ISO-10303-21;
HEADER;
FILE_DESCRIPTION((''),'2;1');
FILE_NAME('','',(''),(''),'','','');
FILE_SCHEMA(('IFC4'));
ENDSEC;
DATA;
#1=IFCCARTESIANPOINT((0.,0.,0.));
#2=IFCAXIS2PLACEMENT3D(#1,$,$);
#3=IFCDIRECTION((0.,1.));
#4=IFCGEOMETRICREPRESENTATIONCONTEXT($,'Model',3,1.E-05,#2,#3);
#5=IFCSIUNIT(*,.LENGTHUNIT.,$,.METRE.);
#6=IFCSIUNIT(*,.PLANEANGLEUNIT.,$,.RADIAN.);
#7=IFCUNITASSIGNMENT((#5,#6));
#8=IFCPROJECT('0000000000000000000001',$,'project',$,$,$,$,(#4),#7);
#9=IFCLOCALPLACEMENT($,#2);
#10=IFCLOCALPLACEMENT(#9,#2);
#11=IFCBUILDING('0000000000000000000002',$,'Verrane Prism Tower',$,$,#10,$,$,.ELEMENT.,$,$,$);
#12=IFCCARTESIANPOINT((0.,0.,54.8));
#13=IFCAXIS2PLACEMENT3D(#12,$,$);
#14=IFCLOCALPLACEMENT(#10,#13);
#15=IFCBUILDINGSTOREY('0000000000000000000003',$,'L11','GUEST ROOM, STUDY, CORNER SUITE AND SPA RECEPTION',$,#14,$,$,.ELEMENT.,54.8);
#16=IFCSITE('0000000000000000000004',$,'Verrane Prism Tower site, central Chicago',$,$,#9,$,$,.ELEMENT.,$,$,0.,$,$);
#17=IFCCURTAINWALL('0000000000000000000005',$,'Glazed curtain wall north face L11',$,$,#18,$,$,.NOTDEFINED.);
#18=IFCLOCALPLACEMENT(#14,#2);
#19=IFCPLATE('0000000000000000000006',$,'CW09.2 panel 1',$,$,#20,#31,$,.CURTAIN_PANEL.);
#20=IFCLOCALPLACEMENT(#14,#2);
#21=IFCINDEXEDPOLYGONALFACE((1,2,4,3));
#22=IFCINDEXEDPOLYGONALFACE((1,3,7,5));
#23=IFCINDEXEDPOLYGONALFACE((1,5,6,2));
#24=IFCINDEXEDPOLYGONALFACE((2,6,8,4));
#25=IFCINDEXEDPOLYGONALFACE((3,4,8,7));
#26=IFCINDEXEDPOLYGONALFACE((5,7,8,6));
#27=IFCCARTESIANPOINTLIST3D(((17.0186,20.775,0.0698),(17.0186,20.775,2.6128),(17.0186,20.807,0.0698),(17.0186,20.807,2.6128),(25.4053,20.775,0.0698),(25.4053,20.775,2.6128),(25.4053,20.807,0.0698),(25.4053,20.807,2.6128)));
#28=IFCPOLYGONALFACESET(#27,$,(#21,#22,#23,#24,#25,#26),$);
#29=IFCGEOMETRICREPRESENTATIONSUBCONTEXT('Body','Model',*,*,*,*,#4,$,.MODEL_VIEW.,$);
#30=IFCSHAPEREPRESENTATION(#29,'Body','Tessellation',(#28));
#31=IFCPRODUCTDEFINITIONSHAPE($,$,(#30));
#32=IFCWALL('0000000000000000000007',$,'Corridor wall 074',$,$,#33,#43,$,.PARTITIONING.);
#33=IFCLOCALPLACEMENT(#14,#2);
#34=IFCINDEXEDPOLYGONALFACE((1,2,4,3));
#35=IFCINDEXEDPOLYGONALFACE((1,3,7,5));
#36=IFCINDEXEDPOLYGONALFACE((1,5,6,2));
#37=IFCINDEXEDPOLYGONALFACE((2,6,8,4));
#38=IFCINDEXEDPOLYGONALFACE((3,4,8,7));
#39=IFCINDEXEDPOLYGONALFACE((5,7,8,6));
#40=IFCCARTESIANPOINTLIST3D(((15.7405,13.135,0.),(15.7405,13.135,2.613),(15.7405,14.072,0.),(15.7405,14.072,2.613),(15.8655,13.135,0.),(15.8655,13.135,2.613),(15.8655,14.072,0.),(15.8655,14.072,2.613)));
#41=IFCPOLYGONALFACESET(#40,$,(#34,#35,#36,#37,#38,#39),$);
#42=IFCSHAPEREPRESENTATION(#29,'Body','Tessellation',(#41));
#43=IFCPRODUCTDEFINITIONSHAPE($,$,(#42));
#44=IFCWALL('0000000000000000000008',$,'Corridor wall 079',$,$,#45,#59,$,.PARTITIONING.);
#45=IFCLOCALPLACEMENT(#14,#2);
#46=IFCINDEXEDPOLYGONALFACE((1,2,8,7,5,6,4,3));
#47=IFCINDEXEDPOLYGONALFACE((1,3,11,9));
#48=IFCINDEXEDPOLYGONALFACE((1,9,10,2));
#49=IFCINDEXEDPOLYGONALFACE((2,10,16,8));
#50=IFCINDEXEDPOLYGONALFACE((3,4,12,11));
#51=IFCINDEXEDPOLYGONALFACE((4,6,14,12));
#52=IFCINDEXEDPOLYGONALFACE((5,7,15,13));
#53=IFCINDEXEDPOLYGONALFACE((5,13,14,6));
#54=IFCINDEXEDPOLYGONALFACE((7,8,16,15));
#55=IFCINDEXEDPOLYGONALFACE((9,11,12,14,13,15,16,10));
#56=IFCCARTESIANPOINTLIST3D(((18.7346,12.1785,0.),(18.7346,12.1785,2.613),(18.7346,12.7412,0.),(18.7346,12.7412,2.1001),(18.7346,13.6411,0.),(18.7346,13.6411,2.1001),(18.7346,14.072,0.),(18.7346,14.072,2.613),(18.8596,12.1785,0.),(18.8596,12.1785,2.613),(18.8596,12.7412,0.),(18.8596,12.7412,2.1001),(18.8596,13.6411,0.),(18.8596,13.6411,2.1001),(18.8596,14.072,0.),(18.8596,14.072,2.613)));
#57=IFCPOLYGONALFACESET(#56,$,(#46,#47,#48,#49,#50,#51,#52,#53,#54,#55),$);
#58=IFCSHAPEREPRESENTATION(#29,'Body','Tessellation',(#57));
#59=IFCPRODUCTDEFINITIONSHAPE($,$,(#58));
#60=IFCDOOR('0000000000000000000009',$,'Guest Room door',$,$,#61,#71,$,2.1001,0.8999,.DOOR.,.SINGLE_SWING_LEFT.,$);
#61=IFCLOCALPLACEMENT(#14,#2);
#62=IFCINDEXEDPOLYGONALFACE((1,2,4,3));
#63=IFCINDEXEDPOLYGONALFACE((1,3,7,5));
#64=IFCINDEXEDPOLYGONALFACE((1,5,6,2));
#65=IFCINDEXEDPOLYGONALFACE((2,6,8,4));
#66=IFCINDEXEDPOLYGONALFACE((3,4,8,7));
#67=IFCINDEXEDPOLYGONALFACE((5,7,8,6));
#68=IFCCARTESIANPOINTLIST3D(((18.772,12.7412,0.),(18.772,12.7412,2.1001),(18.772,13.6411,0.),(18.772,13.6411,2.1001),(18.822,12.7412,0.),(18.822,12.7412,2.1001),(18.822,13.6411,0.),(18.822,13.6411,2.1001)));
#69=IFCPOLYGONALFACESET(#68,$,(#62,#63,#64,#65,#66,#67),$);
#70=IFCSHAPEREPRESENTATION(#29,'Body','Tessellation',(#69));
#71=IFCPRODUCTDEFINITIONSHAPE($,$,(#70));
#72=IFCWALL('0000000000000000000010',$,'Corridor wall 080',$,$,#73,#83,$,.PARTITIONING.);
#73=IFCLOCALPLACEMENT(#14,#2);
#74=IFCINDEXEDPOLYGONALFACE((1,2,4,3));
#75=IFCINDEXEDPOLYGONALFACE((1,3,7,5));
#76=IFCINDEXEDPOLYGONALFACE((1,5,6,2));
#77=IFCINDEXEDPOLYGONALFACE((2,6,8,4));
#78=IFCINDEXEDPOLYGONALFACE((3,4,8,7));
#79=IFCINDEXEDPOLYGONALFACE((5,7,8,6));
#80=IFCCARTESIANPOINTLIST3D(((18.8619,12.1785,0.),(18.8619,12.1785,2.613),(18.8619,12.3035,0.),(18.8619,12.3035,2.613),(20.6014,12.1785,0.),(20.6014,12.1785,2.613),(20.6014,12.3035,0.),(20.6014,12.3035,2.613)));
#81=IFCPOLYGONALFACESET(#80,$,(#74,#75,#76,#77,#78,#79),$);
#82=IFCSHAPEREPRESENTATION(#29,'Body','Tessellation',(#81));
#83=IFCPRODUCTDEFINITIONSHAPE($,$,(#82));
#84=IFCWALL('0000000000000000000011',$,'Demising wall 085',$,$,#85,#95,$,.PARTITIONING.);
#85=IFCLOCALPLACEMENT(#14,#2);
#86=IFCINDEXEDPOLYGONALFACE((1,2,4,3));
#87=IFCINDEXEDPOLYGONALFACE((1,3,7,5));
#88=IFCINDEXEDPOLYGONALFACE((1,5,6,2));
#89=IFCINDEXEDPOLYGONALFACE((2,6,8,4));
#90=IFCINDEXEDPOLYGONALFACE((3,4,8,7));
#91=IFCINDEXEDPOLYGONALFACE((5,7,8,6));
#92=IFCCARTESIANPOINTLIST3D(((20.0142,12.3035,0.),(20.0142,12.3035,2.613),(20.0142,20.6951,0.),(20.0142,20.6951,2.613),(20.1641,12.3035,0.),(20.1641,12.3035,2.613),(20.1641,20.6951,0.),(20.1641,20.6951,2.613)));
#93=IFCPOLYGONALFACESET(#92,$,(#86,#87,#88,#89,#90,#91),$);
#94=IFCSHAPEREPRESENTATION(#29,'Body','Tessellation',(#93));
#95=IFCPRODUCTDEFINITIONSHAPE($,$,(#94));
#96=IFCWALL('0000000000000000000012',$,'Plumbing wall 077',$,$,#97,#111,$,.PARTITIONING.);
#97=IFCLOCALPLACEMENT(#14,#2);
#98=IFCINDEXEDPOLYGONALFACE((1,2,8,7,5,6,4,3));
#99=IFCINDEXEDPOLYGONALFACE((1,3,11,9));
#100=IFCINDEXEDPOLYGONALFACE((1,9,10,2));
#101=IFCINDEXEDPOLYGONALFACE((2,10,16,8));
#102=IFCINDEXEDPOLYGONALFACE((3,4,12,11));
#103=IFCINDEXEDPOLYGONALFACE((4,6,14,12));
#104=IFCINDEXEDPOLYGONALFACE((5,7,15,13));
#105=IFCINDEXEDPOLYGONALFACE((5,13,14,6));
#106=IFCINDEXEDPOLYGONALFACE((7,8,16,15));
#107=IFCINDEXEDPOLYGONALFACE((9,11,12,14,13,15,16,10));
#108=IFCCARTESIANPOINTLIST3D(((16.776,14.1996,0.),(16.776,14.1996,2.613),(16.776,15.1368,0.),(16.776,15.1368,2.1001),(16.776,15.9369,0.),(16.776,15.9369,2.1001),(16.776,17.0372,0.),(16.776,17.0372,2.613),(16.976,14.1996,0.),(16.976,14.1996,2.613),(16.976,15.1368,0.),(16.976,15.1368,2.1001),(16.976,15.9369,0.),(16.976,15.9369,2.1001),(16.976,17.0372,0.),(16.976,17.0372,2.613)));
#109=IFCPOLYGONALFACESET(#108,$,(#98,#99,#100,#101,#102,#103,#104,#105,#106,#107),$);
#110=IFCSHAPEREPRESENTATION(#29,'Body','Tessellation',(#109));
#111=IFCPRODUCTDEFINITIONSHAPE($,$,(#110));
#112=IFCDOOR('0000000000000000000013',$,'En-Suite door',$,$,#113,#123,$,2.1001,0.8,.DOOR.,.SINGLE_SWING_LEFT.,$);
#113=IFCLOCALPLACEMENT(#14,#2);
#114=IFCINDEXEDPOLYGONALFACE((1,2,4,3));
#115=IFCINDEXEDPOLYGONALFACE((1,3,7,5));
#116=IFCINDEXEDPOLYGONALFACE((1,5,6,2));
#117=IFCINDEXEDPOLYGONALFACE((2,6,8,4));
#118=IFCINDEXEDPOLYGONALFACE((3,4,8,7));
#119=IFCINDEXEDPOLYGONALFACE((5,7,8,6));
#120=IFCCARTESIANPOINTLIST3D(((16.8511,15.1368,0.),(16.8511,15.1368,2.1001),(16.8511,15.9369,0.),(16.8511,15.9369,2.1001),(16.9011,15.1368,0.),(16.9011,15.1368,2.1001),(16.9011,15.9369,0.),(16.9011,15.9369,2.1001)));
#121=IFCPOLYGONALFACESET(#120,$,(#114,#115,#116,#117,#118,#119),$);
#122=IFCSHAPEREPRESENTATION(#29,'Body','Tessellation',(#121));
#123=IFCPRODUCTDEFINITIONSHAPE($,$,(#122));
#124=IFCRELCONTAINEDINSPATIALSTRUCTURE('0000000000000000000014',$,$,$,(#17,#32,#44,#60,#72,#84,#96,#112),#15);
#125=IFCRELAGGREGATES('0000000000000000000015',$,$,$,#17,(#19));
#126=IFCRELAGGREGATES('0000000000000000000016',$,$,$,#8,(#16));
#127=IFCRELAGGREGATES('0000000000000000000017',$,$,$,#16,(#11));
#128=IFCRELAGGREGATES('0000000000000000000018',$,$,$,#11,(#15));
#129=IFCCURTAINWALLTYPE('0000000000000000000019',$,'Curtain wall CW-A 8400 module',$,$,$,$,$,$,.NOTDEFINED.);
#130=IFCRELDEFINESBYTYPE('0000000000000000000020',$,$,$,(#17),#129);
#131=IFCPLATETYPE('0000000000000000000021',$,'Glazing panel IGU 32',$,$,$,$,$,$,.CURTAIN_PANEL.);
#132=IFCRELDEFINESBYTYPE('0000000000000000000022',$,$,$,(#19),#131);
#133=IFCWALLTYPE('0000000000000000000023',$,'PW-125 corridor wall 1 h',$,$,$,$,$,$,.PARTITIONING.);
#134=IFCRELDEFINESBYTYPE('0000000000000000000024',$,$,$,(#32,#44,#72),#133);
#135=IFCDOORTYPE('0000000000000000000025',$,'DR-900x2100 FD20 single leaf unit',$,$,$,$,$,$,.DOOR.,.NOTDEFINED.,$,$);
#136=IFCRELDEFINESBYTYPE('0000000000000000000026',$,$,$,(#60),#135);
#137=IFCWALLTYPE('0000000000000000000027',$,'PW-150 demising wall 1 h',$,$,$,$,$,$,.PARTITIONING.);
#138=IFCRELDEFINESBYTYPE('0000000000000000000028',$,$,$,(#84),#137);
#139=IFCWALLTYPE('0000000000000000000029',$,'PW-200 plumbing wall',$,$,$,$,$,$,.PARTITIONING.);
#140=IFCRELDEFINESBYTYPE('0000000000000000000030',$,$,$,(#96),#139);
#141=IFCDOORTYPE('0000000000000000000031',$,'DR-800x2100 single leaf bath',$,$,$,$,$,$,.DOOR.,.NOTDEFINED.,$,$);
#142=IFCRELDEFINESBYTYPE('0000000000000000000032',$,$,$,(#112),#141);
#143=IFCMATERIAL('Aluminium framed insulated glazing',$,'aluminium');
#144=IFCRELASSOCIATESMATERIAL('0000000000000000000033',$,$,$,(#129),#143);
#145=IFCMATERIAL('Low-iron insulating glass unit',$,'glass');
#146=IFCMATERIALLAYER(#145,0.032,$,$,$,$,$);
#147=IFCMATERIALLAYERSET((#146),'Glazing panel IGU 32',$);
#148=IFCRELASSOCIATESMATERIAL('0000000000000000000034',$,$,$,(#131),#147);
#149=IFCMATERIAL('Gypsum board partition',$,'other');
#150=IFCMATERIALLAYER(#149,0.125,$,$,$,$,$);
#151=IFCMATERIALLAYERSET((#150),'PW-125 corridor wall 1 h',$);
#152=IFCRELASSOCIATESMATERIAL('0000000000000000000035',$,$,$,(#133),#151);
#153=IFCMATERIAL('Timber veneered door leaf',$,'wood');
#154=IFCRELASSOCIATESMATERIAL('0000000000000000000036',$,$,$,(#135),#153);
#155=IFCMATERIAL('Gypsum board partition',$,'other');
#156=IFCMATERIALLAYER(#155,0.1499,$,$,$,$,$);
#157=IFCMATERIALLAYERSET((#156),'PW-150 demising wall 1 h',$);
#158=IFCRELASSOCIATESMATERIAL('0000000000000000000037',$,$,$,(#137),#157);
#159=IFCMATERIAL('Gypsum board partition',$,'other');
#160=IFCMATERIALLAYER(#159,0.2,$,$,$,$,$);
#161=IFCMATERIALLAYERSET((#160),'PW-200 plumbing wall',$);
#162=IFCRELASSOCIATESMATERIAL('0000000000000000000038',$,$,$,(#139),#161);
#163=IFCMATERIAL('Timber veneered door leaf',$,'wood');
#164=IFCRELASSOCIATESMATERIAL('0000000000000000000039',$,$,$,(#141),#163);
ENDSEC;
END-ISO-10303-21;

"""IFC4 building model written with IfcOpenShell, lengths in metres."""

from ifc_helpers import new_model, si_unit, direction, frame, frame_2d, origin, origin_2d, place, context, subcontext, project, spatial, rectangle, extrude, material, layer, layer_set, type_object, element, fill, aggregate, save


model = new_model("IFC4")

# Units and contexts
model_context = context("Model", 3, precision=1e-05, world=origin(), true_north=direction((0.0, 1.0)))
body_context = subcontext(model_context, "Body", "Model", "MODEL_VIEW")
ifc_project = project(units=[si_unit("LENGTHUNIT", "METRE"), si_unit("PLANEANGLEUNIT", "RADIAN")], contexts=[model_context])

# Site, building, storey
site_placement = place(None, origin())
site = spatial("IfcSite", under=ifc_project, at=site_placement, Name="Verrane Prism Tower site, central Chicago", CompositionType="ELEMENT", RefElevation=0.0)
building_placement = place(site_placement, origin())
building = spatial("IfcBuilding", under=site, at=building_placement, Name="Verrane Prism Tower", CompositionType="ELEMENT")
storey_placement = place(building_placement, frame((0.0, 0.0, 54.8)))
storey = spatial("IfcBuildingStorey", under=building, at=storey_placement, Name="L11", Description="GUEST ROOM, STUDY, CORNER SUITE AND SPA RECEPTION", CompositionType="ELEMENT", Elevation=54.8)

# Curtain wall
ifc_material_1 = material(Name="Aluminium framed insulated glazing", Category="aluminium")
curtain_wall_type_1 = type_object("IfcCurtainWallType", Name="Curtain wall CW-A 8400 module", PredefinedType="NOTDEFINED", material=ifc_material_1)
curtain_wall_1_placement = place(storey_placement, origin())
curtain_wall_1 = element("IfcCurtainWall", 1, at=curtain_wall_1_placement, inside=storey, type_object=curtain_wall_type_1, Name="Glazed curtain wall north face L11", PredefinedType="NOTDEFINED")

# Plate
ifc_material_2 = material(Name="Low-iron insulating glass unit", Category="glass")
ifc_layer_1 = layer(ifc_material_2, 0.032)
ifc_layer_set_1 = layer_set([ifc_layer_1], Name="Glazing panel IGU 32")
plate_type_1 = type_object("IfcPlateType", Name="Glazing panel IGU 32", PredefinedType="CURTAIN_PANEL", material=ifc_layer_set_1)
plate_1_placement = place(storey_placement, frame((21.2119, 20.791, 0.0698), z_axis=(0.0, 0.0, 1.0), x_axis=(-1.0, 0.0, 0.0)))
plate_1 = element("IfcPlate", 2, at=plate_1_placement, type_object=plate_type_1, Name="CW09.2 panel 1", PredefinedType="CURTAIN_PANEL", context=body_context, shape_type="SweptSolid", body=[
    extrude(rectangle(XDim=8.3867, YDim=0.032, at=origin_2d()), origin(), (0.0, 0.0, 1.0), 2.543),
])
aggregate(curtain_wall_1, [plate_1])

# Wall
ifc_material_3 = material(Name="Gypsum board partition", Category="other")
ifc_layer_2 = layer(ifc_material_3, 0.125)
ifc_layer_set_2 = layer_set([ifc_layer_2], Name="PW-125 corridor wall 1 h")
wall_type_1 = type_object("IfcWallType", Name="PW-125 corridor wall 1 h", PredefinedType="PARTITIONING", material=ifc_layer_set_2)
wall_1_placement = place(storey_placement, frame((15.803, 13.135, 0.0), z_axis=(0.0, 0.0, 1.0), x_axis=(0.0, 1.0, 0.0)))
element("IfcWall", 3, at=wall_1_placement, inside=storey, type_object=wall_type_1, Name="Corridor wall 074", PredefinedType="PARTITIONING", context=body_context, shape_type="SweptSolid", body=[
    extrude(rectangle(XDim=0.937, YDim=0.125, at=frame_2d((0.4685, 0.0))), origin(), (0.0, 0.0, 1.0), 2.613),
])

# Wall, opening, door
wall_2_placement = place(storey_placement, frame((18.7971, 14.072, 0.0), z_axis=(0.0, 0.0, 1.0), x_axis=(0.0, -1.0, 0.0)))
wall_2 = element("IfcWall", 4, at=wall_2_placement, inside=storey, type_object=wall_type_1, Name="Corridor wall 079", PredefinedType="PARTITIONING", context=body_context, shape_type="SweptSolid", body=[
    extrude(rectangle(XDim=1.8936, YDim=0.125, at=frame_2d((0.9468, 0.0))), origin(), (0.0, 0.0, 1.0), 2.613),
])
opening_1_placement = place(wall_2_placement, frame((0.4309, 0.0, 0.0)))
opening_1 = element("IfcOpeningElement", 5, at=opening_1_placement, cuts=wall_2, PredefinedType="OPENING", context=body_context, shape_type="SweptSolid", body=[
    extrude(rectangle(XDim=0.8999, YDim=2.1001, at=frame_2d((0.45, 1.05))), frame((0.0, 0.0725, 0.0), z_axis=(0.0, -1.0, 0.0), x_axis=(1.0, 0.0, 0.0)), (0.0, 0.0, 1.0), 0.145),
])
ifc_material_4 = material(Name="Timber veneered door leaf", Category="wood")
door_type_1 = type_object("IfcDoorType", Name="DR-900x2100 FD20 single leaf unit", OperationType="NOTDEFINED", PredefinedType="DOOR", material=ifc_material_4)
door_1_placement = place(opening_1_placement, origin())
door_1 = element("IfcDoor", 6, at=door_1_placement, inside=storey, type_object=door_type_1, Name="Guest Room door", OperationType="SINGLE_SWING_LEFT", OverallHeight=2.1001, OverallWidth=0.8999, PredefinedType="DOOR", context=body_context, shape_type="SweptSolid", body=[
    extrude(rectangle(XDim=0.8999, YDim=2.1001, at=frame_2d((0.45, 1.05))), frame((0.0, 0.0249, 0.0), z_axis=(0.0, -1.0, 0.0), x_axis=(1.0, 0.0, 0.0)), (0.0, 0.0, 1.0), 0.05),
])
fill(opening_1, door_1)

# Walls
wall_3_placement = place(storey_placement, frame((18.8621, 12.241, 0.0), z_axis=(0.0, 0.0, 1.0), x_axis=(1.0, 0.0, 0.0)))
element("IfcWall", 7, at=wall_3_placement, inside=storey, type_object=wall_type_1, Name="Corridor wall 080", PredefinedType="PARTITIONING", context=body_context, shape_type="SweptSolid", body=[
    extrude(rectangle(XDim=1.7395, YDim=0.125, at=frame_2d((0.8696, 0.0))), origin(), (0.0, 0.0, 1.0), 2.613),
])
ifc_material_5 = material(Name="Gypsum board partition", Category="other")
ifc_layer_3 = layer(ifc_material_5, 0.1499)
ifc_layer_set_3 = layer_set([ifc_layer_3], Name="PW-150 demising wall 1 h")
wall_type_2 = type_object("IfcWallType", Name="PW-150 demising wall 1 h", PredefinedType="PARTITIONING", material=ifc_layer_set_3)
wall_4_placement = place(storey_placement, frame((20.0891, 12.3035, 0.0), z_axis=(0.0, 0.0, 1.0), x_axis=(0.0, 1.0, 0.0)))
element("IfcWall", 8, at=wall_4_placement, inside=storey, type_object=wall_type_2, Name="Demising wall 085", PredefinedType="PARTITIONING", context=body_context, shape_type="SweptSolid", body=[
    extrude(rectangle(XDim=8.3916, YDim=0.1499, at=frame_2d((4.1958, 0.0))), origin(), (0.0, 0.0, 1.0), 2.613),
])

# Wall, opening, door
ifc_material_6 = material(Name="Gypsum board partition", Category="other")
ifc_layer_4 = layer(ifc_material_6, 0.2)
ifc_layer_set_4 = layer_set([ifc_layer_4], Name="PW-200 plumbing wall")
wall_type_3 = type_object("IfcWallType", Name="PW-200 plumbing wall", PredefinedType="PARTITIONING", material=ifc_layer_set_4)
wall_5_placement = place(storey_placement, frame((16.876, 14.1995, 0.0), z_axis=(0.0, 0.0, 1.0), x_axis=(0.0, 1.0, 0.0)))
wall_5 = element("IfcWall", 9, at=wall_5_placement, inside=storey, type_object=wall_type_3, Name="Plumbing wall 077", PredefinedType="PARTITIONING", context=body_context, shape_type="SweptSolid", body=[
    extrude(rectangle(XDim=2.8376, YDim=0.2, at=frame_2d((1.4189, 0.0))), origin(), (0.0, 0.0, 1.0), 2.613),
])
opening_2_placement = place(wall_5_placement, frame((0.9375, 0.0, 0.0)))
opening_2 = element("IfcOpeningElement", 10, at=opening_2_placement, cuts=wall_5, PredefinedType="OPENING", context=body_context, shape_type="SweptSolid", body=[
    extrude(rectangle(XDim=0.8, YDim=2.1001, at=frame_2d((0.3999, 1.05))), frame((0.0, 0.1099, 0.0), z_axis=(0.0, -1.0, 0.0), x_axis=(1.0, 0.0, 0.0)), (0.0, 0.0, 1.0), 0.22),
])
ifc_material_7 = material(Name="Timber veneered door leaf", Category="wood")
door_type_2 = type_object("IfcDoorType", Name="DR-800x2100 single leaf bath", OperationType="NOTDEFINED", PredefinedType="DOOR", material=ifc_material_7)
door_2_placement = place(opening_2_placement, origin())
door_2 = element("IfcDoor", 11, at=door_2_placement, inside=storey, type_object=door_type_2, Name="En-Suite door", OperationType="SINGLE_SWING_LEFT", OverallHeight=2.1001, OverallWidth=0.8, PredefinedType="DOOR", context=body_context, shape_type="SweptSolid", body=[
    extrude(rectangle(XDim=0.8, YDim=2.1001, at=frame_2d((0.3999, 1.05))), frame((0.0, 0.0249, 0.0), z_axis=(0.0, -1.0, 0.0), x_axis=(1.0, 0.0, 0.0)), (0.0, 0.0, 1.0), 0.05),
])
fill(opening_2, door_2)

save(model, "model.ifc")
